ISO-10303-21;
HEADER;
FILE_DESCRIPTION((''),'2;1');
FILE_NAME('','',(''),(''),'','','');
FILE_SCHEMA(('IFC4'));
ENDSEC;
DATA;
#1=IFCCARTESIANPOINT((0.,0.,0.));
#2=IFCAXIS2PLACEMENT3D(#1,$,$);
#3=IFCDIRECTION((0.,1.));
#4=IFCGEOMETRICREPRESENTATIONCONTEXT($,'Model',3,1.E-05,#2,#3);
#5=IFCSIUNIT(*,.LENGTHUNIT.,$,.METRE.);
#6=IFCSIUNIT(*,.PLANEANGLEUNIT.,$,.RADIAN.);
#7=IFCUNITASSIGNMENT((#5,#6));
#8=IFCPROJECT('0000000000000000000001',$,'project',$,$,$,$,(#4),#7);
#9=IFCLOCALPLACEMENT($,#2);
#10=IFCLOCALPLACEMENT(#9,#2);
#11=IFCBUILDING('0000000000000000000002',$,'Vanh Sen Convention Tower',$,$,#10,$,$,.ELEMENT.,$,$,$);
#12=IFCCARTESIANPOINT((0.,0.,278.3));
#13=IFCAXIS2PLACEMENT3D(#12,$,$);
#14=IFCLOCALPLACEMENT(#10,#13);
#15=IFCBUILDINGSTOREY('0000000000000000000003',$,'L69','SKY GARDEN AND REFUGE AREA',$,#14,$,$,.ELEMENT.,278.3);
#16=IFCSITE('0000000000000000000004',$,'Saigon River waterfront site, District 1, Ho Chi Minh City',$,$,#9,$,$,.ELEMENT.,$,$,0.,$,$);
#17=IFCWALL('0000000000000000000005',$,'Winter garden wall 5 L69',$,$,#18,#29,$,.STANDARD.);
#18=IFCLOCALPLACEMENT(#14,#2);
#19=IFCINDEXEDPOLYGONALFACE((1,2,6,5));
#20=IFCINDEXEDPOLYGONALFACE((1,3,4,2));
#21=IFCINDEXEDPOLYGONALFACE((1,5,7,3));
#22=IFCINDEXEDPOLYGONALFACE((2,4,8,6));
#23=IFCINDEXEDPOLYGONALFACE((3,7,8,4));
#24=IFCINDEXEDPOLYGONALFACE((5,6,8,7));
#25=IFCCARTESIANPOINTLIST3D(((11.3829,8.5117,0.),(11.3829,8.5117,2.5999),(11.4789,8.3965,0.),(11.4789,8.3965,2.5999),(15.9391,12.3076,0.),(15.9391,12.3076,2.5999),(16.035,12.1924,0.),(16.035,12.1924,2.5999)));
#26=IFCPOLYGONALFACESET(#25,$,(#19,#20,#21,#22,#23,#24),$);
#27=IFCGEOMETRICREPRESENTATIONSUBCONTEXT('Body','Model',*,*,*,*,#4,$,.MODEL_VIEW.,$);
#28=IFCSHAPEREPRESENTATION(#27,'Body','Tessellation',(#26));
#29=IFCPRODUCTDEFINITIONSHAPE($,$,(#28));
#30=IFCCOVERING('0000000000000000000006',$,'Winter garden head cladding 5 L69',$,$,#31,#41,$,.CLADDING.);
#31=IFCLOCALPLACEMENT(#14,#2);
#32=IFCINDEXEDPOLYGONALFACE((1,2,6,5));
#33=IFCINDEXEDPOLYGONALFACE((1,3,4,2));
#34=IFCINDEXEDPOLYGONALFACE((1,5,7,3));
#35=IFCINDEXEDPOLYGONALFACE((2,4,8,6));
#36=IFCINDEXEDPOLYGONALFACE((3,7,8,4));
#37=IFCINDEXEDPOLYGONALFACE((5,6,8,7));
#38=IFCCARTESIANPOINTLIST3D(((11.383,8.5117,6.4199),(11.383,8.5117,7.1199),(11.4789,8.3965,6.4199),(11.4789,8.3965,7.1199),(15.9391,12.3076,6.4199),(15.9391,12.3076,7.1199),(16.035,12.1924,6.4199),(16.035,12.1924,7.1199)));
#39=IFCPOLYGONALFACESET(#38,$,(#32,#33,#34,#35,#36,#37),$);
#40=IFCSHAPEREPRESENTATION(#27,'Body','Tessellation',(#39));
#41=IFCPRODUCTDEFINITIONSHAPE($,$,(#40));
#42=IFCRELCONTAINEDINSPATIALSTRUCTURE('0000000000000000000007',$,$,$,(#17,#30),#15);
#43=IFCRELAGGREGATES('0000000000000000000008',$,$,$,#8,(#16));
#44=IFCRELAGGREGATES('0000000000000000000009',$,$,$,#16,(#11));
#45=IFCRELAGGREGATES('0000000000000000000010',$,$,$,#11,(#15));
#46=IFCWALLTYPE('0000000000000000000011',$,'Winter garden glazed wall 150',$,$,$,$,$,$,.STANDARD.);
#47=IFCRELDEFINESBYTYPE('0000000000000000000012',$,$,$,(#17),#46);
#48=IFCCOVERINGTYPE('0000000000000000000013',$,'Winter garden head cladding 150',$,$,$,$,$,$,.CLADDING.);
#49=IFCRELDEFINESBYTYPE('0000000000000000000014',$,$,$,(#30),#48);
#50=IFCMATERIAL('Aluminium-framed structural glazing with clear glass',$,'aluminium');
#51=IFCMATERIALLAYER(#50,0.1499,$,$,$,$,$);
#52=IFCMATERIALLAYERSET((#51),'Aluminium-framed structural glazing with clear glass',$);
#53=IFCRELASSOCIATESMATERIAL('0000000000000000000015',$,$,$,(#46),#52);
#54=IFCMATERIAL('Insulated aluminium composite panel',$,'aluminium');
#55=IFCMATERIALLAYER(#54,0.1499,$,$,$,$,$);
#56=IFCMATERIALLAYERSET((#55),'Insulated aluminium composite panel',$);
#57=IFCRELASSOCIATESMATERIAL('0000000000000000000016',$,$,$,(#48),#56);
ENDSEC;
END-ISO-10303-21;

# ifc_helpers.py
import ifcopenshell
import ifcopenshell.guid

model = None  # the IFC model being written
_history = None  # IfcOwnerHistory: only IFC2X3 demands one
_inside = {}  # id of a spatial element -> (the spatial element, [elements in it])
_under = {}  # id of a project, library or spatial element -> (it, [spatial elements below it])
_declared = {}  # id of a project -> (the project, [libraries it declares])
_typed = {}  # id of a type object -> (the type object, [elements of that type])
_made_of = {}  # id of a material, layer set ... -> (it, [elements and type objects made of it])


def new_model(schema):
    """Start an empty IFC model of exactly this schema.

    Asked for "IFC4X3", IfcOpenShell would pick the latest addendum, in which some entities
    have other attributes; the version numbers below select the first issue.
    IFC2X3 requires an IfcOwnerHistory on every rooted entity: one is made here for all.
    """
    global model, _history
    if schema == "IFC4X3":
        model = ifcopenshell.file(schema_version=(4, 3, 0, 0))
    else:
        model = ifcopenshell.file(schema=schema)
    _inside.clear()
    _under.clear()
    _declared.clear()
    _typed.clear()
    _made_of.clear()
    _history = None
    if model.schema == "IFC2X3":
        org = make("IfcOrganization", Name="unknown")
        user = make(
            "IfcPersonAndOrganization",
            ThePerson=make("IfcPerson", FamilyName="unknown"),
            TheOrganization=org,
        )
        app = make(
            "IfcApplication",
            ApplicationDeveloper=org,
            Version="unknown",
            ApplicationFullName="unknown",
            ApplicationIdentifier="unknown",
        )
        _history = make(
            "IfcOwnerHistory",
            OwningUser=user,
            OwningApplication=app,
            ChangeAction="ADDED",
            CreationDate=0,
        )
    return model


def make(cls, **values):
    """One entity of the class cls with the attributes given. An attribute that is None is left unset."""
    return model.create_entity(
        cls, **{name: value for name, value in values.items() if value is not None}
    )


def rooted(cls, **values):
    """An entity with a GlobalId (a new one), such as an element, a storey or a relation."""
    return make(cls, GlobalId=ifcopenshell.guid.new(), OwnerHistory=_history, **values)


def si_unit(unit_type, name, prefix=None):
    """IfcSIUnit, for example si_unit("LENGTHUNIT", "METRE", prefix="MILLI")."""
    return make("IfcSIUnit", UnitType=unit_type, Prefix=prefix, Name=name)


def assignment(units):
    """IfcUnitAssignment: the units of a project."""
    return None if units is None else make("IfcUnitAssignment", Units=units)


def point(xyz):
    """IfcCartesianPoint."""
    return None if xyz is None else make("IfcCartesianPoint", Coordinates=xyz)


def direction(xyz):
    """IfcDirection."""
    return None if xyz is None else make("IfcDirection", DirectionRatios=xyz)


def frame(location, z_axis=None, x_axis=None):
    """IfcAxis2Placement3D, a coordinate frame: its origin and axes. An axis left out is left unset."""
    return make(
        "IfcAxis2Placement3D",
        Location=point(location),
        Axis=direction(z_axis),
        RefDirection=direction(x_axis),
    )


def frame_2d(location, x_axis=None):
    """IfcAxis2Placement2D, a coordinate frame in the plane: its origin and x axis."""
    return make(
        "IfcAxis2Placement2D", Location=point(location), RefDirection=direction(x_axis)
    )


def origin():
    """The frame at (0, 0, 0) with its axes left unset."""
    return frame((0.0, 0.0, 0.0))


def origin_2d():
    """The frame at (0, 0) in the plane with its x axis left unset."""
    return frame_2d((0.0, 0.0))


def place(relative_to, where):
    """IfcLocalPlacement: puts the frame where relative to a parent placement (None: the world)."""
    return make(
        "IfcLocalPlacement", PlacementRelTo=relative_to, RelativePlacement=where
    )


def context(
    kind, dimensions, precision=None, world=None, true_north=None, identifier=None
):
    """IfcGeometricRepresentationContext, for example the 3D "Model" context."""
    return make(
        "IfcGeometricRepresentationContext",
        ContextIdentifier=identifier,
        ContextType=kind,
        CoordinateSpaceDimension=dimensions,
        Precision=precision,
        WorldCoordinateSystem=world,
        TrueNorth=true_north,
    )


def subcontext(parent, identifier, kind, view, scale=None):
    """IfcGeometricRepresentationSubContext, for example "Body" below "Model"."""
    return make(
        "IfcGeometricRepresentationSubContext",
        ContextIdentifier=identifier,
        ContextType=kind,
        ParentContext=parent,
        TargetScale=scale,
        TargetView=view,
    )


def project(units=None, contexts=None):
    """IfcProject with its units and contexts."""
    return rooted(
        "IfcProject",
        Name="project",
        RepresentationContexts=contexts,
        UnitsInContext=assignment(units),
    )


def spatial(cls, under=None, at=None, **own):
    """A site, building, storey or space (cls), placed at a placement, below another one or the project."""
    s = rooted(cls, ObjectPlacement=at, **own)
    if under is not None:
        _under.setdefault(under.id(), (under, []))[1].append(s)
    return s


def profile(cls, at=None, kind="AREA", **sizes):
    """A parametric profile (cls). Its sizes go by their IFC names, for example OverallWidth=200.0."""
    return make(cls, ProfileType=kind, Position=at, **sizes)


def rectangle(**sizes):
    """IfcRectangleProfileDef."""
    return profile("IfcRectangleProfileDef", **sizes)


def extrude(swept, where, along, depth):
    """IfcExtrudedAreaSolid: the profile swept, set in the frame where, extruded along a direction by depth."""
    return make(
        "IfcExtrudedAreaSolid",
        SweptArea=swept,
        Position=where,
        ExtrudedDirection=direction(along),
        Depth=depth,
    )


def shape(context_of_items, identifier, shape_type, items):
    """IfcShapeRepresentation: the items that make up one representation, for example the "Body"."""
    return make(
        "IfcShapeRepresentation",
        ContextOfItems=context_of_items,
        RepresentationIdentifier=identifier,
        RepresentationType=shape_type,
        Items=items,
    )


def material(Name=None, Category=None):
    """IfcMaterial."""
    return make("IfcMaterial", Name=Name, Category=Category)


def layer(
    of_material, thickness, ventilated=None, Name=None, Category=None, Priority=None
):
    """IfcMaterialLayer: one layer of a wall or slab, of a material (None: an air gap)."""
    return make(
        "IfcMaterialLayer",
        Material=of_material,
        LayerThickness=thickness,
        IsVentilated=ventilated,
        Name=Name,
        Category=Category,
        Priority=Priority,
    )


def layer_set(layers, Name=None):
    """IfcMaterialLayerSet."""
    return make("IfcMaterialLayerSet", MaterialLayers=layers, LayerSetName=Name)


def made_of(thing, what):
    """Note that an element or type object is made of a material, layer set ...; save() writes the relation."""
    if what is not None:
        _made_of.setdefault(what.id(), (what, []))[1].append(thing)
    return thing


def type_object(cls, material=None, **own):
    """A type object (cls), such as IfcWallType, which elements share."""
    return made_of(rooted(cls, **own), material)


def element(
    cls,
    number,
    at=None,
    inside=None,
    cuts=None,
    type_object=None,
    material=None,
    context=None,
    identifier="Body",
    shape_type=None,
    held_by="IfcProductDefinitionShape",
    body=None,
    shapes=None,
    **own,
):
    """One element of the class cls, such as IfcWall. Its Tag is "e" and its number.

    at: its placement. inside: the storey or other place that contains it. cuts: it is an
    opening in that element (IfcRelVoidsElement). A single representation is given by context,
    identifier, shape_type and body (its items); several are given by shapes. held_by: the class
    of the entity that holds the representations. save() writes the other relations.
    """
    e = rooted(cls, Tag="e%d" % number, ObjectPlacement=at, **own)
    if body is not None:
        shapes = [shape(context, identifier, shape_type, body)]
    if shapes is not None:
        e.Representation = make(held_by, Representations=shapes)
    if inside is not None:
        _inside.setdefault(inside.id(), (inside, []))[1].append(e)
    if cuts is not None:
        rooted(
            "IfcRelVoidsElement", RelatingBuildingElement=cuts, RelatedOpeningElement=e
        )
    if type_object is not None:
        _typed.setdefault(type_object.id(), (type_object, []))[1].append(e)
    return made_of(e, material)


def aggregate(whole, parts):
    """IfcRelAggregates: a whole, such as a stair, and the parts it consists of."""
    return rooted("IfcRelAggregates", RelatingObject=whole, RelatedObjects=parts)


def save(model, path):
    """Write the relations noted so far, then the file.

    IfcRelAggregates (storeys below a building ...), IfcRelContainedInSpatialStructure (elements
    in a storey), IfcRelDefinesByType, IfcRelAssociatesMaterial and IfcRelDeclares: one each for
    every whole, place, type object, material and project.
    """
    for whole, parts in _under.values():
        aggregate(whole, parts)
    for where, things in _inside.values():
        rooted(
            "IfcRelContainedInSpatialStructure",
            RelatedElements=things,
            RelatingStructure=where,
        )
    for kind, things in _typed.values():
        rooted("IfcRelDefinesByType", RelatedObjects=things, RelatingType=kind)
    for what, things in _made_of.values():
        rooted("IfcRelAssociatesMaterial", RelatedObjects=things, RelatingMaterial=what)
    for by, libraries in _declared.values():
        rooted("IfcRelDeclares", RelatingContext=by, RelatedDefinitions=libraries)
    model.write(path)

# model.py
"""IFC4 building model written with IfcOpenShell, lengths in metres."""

from ifc_helpers import new_model, si_unit, direction, frame, frame_2d, origin, origin_2d, place, context, subcontext, project, spatial, rectangle, extrude, material, layer, layer_set, type_object, element, save


model = new_model("IFC4")

# Units and contexts
model_context = context("Model", 3, precision=1e-05, world=origin(), true_north=direction((0.0, 1.0)))
body_context = subcontext(model_context, "Body", "Model", "MODEL_VIEW")
ifc_project = project(units=[si_unit("LENGTHUNIT", "METRE"), si_unit("PLANEANGLEUNIT", "RADIAN")], contexts=[model_context])

# Site, building, storey
site_placement = place(None, origin())
site = spatial("IfcSite", under=ifc_project, at=site_placement, Name="Saigon River waterfront site, District 1, Ho Chi Minh City", CompositionType="ELEMENT", RefElevation=0.0)
building_placement = place(site_placement, origin())
building = spatial("IfcBuilding", under=site, at=building_placement, Name="Vanh Sen Convention Tower", CompositionType="ELEMENT")
storey_placement = place(building_placement, frame((0.0, 0.0, 278.3)))
storey = spatial("IfcBuildingStorey", under=building, at=storey_placement, Name="L69", Description="SKY GARDEN AND REFUGE AREA", CompositionType="ELEMENT", Elevation=278.3)

# Wall
ifc_material_1 = material(Name="Aluminium-framed structural glazing with clear glass", Category="aluminium")
ifc_layer_1 = layer(ifc_material_1, 0.1499)
ifc_layer_set_1 = layer_set([ifc_layer_1], Name="Aluminium-framed structural glazing with clear glass")
wall_type_1 = type_object("IfcWallType", Name="Winter garden glazed wall 150", PredefinedType="STANDARD", material=ifc_layer_set_1)
wall_1_placement = place(storey_placement, frame((11.4309, 8.4541, 0.0), z_axis=(0.0, 0.0, 1.0), x_axis=(0.768296, 0.640095, 0.0)))
element("IfcWall", 1, at=wall_1_placement, inside=storey, type_object=wall_type_1, Name="Winter garden wall 5 L69", PredefinedType="STANDARD", context=body_context, shape_type="SweptSolid", body=[
    extrude(rectangle(XDim=5.9302, YDim=0.1499, at=frame_2d((2.9651, 0.0))), origin(), (0.0, 0.0, 1.0), 2.5999),
])

# Covering
ifc_material_2 = material(Name="Insulated aluminium composite panel", Category="aluminium")
ifc_layer_2 = layer(ifc_material_2, 0.1499)
ifc_layer_set_2 = layer_set([ifc_layer_2], Name="Insulated aluminium composite panel")
covering_type = type_object("IfcCoveringType", Name="Winter garden head cladding 150", PredefinedType="CLADDING", material=ifc_layer_set_2)
covering_placement = place(storey_placement, frame((13.709, 10.3521, 6.4199), z_axis=(0.0, 0.0, 1.0), x_axis=(0.768294, 0.640098, 0.0)))
element("IfcCovering", 2, at=covering_placement, inside=storey, type_object=covering_type, Name="Winter garden head cladding 5 L69", PredefinedType="CLADDING", context=body_context, shape_type="SweptSolid", body=[
    extrude(rectangle(XDim=5.9302, YDim=0.1499, at=origin_2d()), origin(), (0.0, 0.0, 1.0), 0.7),
])

save(model, "model.ifc")
